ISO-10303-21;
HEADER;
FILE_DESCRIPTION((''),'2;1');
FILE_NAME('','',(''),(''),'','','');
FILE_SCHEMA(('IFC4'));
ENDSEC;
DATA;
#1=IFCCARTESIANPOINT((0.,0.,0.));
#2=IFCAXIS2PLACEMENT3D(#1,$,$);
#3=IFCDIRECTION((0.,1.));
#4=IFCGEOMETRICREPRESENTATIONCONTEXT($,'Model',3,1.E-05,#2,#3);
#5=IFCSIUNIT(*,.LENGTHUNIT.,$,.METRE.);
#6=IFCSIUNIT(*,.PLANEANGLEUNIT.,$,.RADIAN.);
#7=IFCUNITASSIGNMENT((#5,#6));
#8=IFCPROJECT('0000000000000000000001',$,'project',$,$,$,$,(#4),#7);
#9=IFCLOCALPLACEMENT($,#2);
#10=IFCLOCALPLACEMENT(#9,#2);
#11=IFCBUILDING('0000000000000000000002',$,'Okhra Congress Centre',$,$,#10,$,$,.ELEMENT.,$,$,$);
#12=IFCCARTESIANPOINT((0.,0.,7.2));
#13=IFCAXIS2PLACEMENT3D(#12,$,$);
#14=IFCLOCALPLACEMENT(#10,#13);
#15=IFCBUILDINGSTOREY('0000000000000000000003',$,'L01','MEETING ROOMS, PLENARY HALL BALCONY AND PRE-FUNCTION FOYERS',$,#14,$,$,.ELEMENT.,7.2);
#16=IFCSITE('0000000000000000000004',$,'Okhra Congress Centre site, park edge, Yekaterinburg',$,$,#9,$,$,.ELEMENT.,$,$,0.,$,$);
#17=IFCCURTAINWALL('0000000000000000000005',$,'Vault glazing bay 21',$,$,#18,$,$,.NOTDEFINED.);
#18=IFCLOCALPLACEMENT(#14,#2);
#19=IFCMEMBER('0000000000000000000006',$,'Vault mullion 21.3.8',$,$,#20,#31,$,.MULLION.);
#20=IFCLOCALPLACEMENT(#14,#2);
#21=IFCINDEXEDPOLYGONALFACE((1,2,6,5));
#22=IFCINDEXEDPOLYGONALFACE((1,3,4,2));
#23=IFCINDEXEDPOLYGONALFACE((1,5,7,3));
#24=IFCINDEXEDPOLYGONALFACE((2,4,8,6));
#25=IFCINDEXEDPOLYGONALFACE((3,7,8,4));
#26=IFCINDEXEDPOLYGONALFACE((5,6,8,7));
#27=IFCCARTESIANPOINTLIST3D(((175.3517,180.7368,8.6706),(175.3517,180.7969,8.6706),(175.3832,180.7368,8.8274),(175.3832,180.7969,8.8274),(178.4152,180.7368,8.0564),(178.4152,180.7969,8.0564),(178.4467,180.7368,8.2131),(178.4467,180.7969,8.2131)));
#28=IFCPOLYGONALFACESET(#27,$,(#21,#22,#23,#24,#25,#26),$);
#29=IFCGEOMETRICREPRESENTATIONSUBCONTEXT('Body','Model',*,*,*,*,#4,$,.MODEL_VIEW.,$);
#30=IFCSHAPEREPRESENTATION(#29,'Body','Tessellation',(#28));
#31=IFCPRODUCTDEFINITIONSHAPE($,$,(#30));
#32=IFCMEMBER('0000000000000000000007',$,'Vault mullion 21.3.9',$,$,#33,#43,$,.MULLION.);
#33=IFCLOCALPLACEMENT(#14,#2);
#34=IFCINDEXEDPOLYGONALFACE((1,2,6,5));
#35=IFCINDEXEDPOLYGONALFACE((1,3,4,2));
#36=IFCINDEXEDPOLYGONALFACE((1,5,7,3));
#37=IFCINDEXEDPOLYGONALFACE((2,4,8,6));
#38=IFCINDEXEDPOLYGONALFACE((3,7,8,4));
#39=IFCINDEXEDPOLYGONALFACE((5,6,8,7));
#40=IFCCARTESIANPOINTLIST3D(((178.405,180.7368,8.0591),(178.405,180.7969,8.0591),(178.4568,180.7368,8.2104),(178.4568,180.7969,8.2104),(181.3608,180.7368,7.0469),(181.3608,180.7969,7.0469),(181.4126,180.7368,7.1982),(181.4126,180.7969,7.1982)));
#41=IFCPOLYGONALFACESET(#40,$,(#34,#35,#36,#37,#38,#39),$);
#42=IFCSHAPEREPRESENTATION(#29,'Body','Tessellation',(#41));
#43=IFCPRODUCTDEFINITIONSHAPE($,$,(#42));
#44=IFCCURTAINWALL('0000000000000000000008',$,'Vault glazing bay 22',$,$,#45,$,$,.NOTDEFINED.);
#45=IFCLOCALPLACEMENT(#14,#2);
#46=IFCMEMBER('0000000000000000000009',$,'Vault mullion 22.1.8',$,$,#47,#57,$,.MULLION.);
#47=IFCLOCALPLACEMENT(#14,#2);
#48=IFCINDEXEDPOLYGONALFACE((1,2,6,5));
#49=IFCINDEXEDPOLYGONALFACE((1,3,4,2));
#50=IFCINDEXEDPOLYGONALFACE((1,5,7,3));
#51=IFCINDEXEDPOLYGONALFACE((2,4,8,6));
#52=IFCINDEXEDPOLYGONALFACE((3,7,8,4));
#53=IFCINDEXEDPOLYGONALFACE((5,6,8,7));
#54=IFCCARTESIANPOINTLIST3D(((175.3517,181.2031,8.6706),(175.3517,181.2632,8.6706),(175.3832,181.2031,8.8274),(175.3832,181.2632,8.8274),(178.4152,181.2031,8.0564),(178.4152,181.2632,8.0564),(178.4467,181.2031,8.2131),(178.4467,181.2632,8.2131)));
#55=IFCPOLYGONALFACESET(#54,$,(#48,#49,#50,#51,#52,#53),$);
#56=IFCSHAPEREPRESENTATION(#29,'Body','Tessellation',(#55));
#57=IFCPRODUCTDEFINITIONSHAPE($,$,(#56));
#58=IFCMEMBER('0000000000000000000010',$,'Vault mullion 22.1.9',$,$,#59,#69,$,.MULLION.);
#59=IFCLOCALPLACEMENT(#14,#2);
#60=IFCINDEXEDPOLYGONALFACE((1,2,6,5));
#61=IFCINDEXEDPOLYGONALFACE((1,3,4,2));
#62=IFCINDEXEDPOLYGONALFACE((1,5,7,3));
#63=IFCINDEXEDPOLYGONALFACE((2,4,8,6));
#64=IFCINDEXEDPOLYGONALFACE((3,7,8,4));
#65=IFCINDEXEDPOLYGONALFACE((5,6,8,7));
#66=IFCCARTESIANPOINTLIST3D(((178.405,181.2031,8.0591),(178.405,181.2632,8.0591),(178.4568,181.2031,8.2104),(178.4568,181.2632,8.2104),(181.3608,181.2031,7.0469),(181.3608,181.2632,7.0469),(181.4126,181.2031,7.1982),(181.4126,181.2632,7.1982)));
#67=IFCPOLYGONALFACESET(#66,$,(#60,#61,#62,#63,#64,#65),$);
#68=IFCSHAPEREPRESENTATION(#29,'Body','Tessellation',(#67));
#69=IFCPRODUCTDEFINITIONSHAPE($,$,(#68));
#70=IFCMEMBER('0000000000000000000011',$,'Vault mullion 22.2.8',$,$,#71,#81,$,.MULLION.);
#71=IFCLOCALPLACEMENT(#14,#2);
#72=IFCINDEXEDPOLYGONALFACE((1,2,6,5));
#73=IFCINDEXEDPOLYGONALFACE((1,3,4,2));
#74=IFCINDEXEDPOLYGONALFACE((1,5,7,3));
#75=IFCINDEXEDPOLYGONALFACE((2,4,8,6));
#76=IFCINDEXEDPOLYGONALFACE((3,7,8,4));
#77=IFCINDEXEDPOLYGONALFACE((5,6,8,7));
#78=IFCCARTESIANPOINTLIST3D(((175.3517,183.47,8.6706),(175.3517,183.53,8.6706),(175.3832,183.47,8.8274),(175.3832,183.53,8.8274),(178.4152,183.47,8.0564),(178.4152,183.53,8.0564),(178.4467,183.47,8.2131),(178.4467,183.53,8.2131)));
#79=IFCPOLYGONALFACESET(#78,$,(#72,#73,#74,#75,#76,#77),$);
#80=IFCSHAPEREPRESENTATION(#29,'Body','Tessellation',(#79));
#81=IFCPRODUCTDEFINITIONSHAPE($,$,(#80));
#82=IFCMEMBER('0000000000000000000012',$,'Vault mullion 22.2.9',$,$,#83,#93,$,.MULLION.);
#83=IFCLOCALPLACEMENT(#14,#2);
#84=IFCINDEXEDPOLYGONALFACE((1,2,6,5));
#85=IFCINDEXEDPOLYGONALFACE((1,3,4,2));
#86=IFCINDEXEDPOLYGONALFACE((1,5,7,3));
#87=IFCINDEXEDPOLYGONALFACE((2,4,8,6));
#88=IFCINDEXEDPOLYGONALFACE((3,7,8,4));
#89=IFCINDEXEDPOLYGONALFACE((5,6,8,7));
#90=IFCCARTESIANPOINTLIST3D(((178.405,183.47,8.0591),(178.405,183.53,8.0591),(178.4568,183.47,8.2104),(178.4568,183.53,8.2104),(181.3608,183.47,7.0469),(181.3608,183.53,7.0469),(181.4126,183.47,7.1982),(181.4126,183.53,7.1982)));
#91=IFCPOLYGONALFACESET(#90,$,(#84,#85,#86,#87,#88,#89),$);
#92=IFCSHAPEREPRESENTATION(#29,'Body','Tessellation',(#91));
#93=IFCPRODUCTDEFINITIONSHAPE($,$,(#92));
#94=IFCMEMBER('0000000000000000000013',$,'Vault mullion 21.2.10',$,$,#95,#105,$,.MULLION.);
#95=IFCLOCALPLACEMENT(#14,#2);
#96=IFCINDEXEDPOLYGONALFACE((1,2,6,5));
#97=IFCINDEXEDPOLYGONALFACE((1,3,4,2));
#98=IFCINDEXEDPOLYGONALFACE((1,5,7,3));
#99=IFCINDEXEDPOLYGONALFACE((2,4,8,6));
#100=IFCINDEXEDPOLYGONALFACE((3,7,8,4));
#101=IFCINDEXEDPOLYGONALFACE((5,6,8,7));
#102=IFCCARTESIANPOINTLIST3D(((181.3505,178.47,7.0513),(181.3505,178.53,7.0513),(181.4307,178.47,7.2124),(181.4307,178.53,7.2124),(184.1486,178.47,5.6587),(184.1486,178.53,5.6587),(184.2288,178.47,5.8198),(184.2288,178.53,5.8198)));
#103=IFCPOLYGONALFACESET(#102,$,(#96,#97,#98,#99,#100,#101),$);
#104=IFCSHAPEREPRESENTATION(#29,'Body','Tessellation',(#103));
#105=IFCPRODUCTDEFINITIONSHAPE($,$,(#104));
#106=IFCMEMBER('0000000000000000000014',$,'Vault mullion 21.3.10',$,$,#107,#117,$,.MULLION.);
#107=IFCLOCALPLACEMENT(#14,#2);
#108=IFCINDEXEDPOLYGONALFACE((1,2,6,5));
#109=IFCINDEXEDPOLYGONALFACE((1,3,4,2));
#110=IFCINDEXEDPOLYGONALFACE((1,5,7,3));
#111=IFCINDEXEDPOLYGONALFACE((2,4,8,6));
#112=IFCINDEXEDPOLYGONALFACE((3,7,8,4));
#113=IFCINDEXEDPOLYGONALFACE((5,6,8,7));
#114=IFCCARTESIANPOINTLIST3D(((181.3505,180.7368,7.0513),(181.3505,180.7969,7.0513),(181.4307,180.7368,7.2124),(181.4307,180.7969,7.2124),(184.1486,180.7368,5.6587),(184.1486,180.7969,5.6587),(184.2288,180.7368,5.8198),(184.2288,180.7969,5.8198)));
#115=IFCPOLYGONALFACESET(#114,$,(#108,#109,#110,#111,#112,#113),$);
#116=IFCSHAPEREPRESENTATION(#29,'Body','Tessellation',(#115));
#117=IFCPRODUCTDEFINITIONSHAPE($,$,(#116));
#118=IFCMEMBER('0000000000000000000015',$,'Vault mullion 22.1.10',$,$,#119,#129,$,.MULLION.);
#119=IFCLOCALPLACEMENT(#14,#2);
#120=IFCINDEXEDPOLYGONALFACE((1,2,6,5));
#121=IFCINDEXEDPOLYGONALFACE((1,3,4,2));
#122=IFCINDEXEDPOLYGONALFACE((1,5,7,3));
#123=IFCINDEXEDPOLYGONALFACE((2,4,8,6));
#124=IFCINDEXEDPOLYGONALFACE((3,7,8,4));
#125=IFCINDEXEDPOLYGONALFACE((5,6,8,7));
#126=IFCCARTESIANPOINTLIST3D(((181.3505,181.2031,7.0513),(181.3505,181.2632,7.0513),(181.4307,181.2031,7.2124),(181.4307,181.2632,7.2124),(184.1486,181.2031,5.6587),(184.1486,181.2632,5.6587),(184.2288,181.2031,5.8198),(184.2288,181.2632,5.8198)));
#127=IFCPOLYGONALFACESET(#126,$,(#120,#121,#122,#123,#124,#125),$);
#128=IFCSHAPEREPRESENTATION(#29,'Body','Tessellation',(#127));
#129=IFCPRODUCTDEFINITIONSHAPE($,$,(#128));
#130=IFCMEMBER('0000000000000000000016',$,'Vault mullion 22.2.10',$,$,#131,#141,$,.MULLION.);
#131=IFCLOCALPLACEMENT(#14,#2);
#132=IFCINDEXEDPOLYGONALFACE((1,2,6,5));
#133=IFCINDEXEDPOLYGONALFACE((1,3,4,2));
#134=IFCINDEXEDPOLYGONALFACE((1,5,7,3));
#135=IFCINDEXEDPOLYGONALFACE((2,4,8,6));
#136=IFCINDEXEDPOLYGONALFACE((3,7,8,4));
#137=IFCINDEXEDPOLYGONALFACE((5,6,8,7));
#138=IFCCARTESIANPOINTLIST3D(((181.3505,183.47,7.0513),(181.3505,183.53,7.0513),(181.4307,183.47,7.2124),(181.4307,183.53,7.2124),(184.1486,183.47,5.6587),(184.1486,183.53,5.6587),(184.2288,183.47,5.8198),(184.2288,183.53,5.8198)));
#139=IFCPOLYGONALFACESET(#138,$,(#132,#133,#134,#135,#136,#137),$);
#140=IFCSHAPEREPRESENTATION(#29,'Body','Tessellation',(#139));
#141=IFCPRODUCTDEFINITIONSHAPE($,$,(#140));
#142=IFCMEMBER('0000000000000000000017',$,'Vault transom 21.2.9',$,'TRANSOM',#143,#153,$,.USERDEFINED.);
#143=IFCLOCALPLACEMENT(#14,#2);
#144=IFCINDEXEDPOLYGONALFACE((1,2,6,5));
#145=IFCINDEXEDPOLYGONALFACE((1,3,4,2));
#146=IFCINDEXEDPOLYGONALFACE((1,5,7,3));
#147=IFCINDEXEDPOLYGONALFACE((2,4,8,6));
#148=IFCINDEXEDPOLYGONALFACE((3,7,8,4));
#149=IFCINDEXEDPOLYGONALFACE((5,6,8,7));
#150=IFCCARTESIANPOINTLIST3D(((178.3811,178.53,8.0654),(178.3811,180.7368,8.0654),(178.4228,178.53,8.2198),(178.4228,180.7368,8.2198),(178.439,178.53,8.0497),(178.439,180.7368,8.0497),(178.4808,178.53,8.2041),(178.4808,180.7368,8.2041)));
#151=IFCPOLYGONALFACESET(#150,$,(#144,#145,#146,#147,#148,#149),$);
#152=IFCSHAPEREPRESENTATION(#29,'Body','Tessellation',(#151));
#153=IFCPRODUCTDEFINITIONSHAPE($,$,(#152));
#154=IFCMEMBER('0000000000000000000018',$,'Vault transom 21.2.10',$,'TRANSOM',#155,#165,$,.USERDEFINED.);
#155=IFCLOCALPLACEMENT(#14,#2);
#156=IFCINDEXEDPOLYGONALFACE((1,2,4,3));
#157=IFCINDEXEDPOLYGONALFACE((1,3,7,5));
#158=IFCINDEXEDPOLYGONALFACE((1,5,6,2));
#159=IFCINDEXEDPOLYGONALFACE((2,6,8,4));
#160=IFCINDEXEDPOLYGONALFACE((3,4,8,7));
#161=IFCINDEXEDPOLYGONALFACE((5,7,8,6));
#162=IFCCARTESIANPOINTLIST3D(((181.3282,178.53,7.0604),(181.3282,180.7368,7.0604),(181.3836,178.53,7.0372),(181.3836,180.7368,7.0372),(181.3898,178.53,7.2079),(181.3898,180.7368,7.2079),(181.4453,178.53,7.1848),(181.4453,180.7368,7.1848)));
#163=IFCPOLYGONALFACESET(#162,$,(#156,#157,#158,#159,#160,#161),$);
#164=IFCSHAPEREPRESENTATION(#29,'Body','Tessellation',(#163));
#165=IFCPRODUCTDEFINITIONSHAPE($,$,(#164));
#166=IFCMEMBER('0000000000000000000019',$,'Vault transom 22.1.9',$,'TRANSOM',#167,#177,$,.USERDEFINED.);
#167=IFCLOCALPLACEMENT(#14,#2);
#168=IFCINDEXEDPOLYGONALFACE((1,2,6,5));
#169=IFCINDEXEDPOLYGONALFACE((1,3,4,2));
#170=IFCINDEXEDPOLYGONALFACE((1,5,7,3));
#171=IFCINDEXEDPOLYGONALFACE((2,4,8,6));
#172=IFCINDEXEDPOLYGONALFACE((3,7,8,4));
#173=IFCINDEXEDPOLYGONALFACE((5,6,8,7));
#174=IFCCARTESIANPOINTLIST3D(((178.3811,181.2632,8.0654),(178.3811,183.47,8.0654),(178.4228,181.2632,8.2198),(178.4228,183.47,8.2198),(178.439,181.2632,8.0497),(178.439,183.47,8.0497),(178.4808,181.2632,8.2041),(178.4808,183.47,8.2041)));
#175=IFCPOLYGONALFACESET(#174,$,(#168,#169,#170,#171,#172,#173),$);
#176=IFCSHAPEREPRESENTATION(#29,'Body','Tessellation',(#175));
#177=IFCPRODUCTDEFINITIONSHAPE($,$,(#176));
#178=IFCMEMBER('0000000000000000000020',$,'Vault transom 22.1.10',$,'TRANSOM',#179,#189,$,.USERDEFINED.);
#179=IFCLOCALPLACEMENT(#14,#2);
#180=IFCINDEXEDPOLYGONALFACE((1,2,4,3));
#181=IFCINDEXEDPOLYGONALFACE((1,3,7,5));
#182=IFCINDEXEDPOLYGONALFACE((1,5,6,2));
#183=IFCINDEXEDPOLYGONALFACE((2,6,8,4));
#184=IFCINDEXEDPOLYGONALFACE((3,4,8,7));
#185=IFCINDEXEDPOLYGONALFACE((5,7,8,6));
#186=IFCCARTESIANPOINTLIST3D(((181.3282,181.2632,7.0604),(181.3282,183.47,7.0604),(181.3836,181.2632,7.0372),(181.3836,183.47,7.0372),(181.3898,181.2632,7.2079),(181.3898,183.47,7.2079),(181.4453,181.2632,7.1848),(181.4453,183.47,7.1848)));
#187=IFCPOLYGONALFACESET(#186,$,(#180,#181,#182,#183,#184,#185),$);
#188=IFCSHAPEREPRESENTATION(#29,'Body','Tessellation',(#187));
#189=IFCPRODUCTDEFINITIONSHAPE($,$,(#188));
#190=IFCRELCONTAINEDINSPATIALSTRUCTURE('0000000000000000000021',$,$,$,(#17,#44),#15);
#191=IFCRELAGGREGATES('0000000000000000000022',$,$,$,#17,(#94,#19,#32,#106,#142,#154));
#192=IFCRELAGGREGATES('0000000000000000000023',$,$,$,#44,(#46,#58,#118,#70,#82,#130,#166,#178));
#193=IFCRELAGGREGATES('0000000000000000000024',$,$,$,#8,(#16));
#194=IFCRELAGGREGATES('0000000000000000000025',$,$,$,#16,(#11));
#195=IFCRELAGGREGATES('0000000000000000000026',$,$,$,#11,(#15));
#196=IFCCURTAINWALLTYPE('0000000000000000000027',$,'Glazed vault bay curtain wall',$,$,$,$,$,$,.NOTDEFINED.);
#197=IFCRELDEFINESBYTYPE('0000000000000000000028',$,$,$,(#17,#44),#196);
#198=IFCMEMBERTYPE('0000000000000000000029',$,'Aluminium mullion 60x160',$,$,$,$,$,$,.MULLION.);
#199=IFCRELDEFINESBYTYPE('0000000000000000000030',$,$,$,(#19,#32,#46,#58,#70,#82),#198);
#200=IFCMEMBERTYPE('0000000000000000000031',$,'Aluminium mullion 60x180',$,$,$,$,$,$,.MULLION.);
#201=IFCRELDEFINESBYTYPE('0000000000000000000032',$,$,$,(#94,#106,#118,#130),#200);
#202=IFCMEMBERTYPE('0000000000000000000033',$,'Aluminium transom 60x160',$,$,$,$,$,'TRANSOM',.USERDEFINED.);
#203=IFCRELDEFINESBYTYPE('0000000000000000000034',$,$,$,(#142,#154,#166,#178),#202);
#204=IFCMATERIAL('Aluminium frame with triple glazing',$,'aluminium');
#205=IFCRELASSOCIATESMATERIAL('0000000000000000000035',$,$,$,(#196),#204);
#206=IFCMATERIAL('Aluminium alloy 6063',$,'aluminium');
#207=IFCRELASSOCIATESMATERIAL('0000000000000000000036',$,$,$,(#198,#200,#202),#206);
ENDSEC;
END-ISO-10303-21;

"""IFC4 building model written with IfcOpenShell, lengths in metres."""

from ifc_helpers import new_model, si_unit, direction, frame, origin, origin_2d, place, context, subcontext, project, spatial, rectangle, extrude, material, material_profile, profile_set, type_object, element, aggregate, save


model = new_model("IFC4")

# Units and contexts
model_context = context("Model", 3, precision=1e-05, world=origin(), true_north=direction((0.0, 1.0)))
body_context = subcontext(model_context, "Body", "Model", "MODEL_VIEW")
ifc_project = project(units=[si_unit("LENGTHUNIT", "METRE"), si_unit("PLANEANGLEUNIT", "RADIAN")], contexts=[model_context])

# Site, building, storey
site_placement = place(None, origin())
site = spatial("IfcSite", under=ifc_project, at=site_placement, Name="Okhra Congress Centre site, park edge, Yekaterinburg", CompositionType="ELEMENT", RefElevation=0.0)
building_placement = place(site_placement, origin())
building = spatial("IfcBuilding", under=site, at=building_placement, Name="Okhra Congress Centre", CompositionType="ELEMENT")
storey_placement = place(building_placement, frame((0.0, 0.0, 7.2)))
storey = spatial("IfcBuildingStorey", under=building, at=storey_placement, Name="L01", Description="MEETING ROOMS, PLENARY HALL BALCONY AND PRE-FUNCTION FOYERS", CompositionType="ELEMENT", Elevation=7.2)

# Curtain walls, members
ifc_material_1 = material(Name="Aluminium frame with triple glazing", Category="aluminium")
curtain_wall_type = type_object("IfcCurtainWallType", Name="Glazed vault bay curtain wall", PredefinedType="NOTDEFINED", material=ifc_material_1)
curtain_wall_1_placement = place(storey_placement, origin())
curtain_wall_1 = element("IfcCurtainWall", 1, at=curtain_wall_1_placement, inside=storey, type_object=curtain_wall_type, Name="Vault glazing bay 21", PredefinedType="NOTDEFINED")
ifc_material_2 = material(Name="Aluminium alloy 6063", Category="aluminium")
ifc_material_profile_1 = material_profile(ifc_material_2, rectangle(XDim=0.0601, YDim=0.1599, at=origin_2d()), Name="AL 60x160")
ifc_profile_set_1 = profile_set([ifc_material_profile_1], Name="Aluminium alloy 6063")
member_type_1 = type_object("IfcMemberType", Name="Aluminium mullion 60x160", PredefinedType="MULLION", material=ifc_profile_set_1)
member_1_placement = place(storey_placement, frame((175.3674, 180.7668, 8.749), z_axis=(0.980484, 0.0, -0.196597), x_axis=(0.0, 1.0, 0.0)))
member_1 = element("IfcMember", 2, at=member_1_placement, type_object=member_type_1, Name="Vault mullion 21.3.8", PredefinedType="MULLION", context=body_context, shape_type="SweptSolid", body=[
    extrude(rectangle(XDim=0.0601, YDim=0.1599, at=origin_2d()), origin(), (0.0, 0.0, 1.0), 3.1245),
])
member_2_placement = place(storey_placement, frame((178.4309, 180.7668, 8.1348), z_axis=(0.946065, 0.0, -0.323977), x_axis=(0.0, 1.0, 0.0)))
member_2 = element("IfcMember", 3, at=member_2_placement, type_object=member_type_1, Name="Vault mullion 21.3.9", PredefinedType="MULLION", context=body_context, shape_type="SweptSolid", body=[
    extrude(rectangle(XDim=0.0601, YDim=0.1599, at=origin_2d()), origin(), (0.0, 0.0, 1.0), 3.1243),
])
curtain_wall_2_placement = place(storey_placement, origin())
curtain_wall_2 = element("IfcCurtainWall", 4, at=curtain_wall_2_placement, inside=storey, type_object=curtain_wall_type, Name="Vault glazing bay 22", PredefinedType="NOTDEFINED")
member_3_placement = place(storey_placement, frame((175.3674, 181.2332, 8.749), z_axis=(0.980484, 0.0, -0.196597), x_axis=(0.0, 1.0, 0.0)))
member_3 = element("IfcMember", 5, at=member_3_placement, type_object=member_type_1, Name="Vault mullion 22.1.8", PredefinedType="MULLION", context=body_context, shape_type="SweptSolid", body=[
    extrude(rectangle(XDim=0.0601, YDim=0.1599, at=origin_2d()), origin(), (0.0, 0.0, 1.0), 3.1245),
])
member_4_placement = place(storey_placement, frame((178.4309, 181.2332, 8.1348), z_axis=(0.946065, 0.0, -0.323977), x_axis=(0.0, 1.0, 0.0)))
member_4 = element("IfcMember", 6, at=member_4_placement, type_object=member_type_1, Name="Vault mullion 22.1.9", PredefinedType="MULLION", context=body_context, shape_type="SweptSolid", body=[
    extrude(rectangle(XDim=0.0601, YDim=0.1599, at=origin_2d()), origin(), (0.0, 0.0, 1.0), 3.1243),
])
member_5_placement = place(storey_placement, frame((175.3674, 183.5, 8.749), z_axis=(0.980484, 0.0, -0.196597), x_axis=(0.0, 1.0, 0.0)))
member_5 = element("IfcMember", 7, at=member_5_placement, type_object=member_type_1, Name="Vault mullion 22.2.8", PredefinedType="MULLION", context=body_context, shape_type="SweptSolid", body=[
    extrude(rectangle(XDim=0.0601, YDim=0.1599, at=origin_2d()), origin(), (0.0, 0.0, 1.0), 3.1245),
])
member_6_placement = place(storey_placement, frame((178.4309, 183.5, 8.1348), z_axis=(0.946065, 0.0, -0.323977), x_axis=(0.0, 1.0, 0.0)))
member_6 = element("IfcMember", 8, at=member_6_placement, type_object=member_type_1, Name="Vault mullion 22.2.9", PredefinedType="MULLION", context=body_context, shape_type="SweptSolid", body=[
    extrude(rectangle(XDim=0.0601, YDim=0.1599, at=origin_2d()), origin(), (0.0, 0.0, 1.0), 3.1243),
])

# Members
ifc_material_profile_2 = material_profile(ifc_material_2, rectangle(XDim=0.0601, YDim=0.1799, at=origin_2d()), Name="AL 60x180")
ifc_profile_set_2 = profile_set([ifc_material_profile_2], Name="Aluminium alloy 6063")
member_type_2 = type_object("IfcMemberType", Name="Aluminium mullion 60x180", PredefinedType="MULLION", material=ifc_profile_set_2)
member_7_placement = place(storey_placement, frame((181.3906, 178.5, 7.1318), z_axis=(0.895254, 0.0, -0.445557), x_axis=(0.0, 1.0, 0.0)))
member_7 = element("IfcMember", 9, at=member_7_placement, type_object=member_type_2, Name="Vault mullion 21.2.10", PredefinedType="MULLION", context=body_context, shape_type="SweptSolid", body=[
    extrude(rectangle(XDim=0.0601, YDim=0.1799, at=origin_2d()), origin(), (0.0, 0.0, 1.0), 3.1255),
])
member_8_placement = place(storey_placement, frame((181.3906, 180.7668, 7.1318), z_axis=(0.895254, 0.0, -0.445557), x_axis=(0.0, 1.0, 0.0)))
member_8 = element("IfcMember", 10, at=member_8_placement, type_object=member_type_2, Name="Vault mullion 21.3.10", PredefinedType="MULLION", context=body_context, shape_type="SweptSolid", body=[
    extrude(rectangle(XDim=0.0601, YDim=0.1799, at=origin_2d()), origin(), (0.0, 0.0, 1.0), 3.1255),
])
member_9_placement = place(storey_placement, frame((181.3906, 181.2332, 7.1318), z_axis=(0.895254, 0.0, -0.445557), x_axis=(0.0, 1.0, 0.0)))
member_9 = element("IfcMember", 11, at=member_9_placement, type_object=member_type_2, Name="Vault mullion 22.1.10", PredefinedType="MULLION", context=body_context, shape_type="SweptSolid", body=[
    extrude(rectangle(XDim=0.0601, YDim=0.1799, at=origin_2d()), origin(), (0.0, 0.0, 1.0), 3.1255),
])
member_10_placement = place(storey_placement, frame((181.3906, 183.5, 7.1318), z_axis=(0.895254, 0.0, -0.445557), x_axis=(0.0, 1.0, 0.0)))
member_10 = element("IfcMember", 12, at=member_10_placement, type_object=member_type_2, Name="Vault mullion 22.2.10", PredefinedType="MULLION", context=body_context, shape_type="SweptSolid", body=[
    extrude(rectangle(XDim=0.0601, YDim=0.1799, at=origin_2d()), origin(), (0.0, 0.0, 1.0), 3.1255),
])
ifc_material_profile_3 = material_profile(ifc_material_2, rectangle(XDim=0.0601, YDim=0.1599, at=origin_2d()), Name="AL 60x160 transom")
ifc_profile_set_3 = profile_set([ifc_material_profile_3], Name="Aluminium alloy 6063")
member_type_3 = type_object("IfcMemberType", Name="Aluminium transom 60x160", ElementType="TRANSOM", PredefinedType="USERDEFINED", material=ifc_profile_set_3)
member_11_placement = place(storey_placement, frame((178.4309, 178.53, 8.1348), z_axis=(0.0, 1.0, 0.0), x_axis=(-0.96538, 0.0, 0.260848)))
member_11 = element("IfcMember", 13, at=member_11_placement, type_object=member_type_3, Name="Vault transom 21.2.9", ObjectType="TRANSOM", PredefinedType="USERDEFINED", context=body_context, shape_type="SweptSolid", body=[
    extrude(rectangle(XDim=0.0601, YDim=0.1599, at=origin_2d()), origin(), (0.0, 0.0, 1.0), 2.2068),
])
member_12_placement = place(storey_placement, frame((181.3867, 178.53, 7.1226), z_axis=(0.0, 1.0, 0.0), x_axis=(-0.922669, 0.0, 0.385593)))
member_12 = element("IfcMember", 14, at=member_12_placement, type_object=member_type_3, Name="Vault transom 21.2.10", ObjectType="TRANSOM", PredefinedType="USERDEFINED", context=body_context, shape_type="SweptSolid", body=[
    extrude(rectangle(XDim=0.0601, YDim=0.1599, at=origin_2d()), origin(), (0.0, 0.0, 1.0), 2.2068),
])
member_13_placement = place(storey_placement, frame((178.4309, 181.2632, 8.1348), z_axis=(0.0, 1.0, 0.0), x_axis=(-0.96538, 0.0, 0.260848)))
member_13 = element("IfcMember", 15, at=member_13_placement, type_object=member_type_3, Name="Vault transom 22.1.9", ObjectType="TRANSOM", PredefinedType="USERDEFINED", context=body_context, shape_type="SweptSolid", body=[
    extrude(rectangle(XDim=0.0601, YDim=0.1599, at=origin_2d()), origin(), (0.0, 0.0, 1.0), 2.2068),
])
member_14_placement = place(storey_placement, frame((181.3867, 181.2632, 7.1226), z_axis=(0.0, 1.0, 0.0), x_axis=(-0.922669, 0.0, 0.385593)))
member_14 = element("IfcMember", 16, at=member_14_placement, type_object=member_type_3, Name="Vault transom 22.1.10", ObjectType="TRANSOM", PredefinedType="USERDEFINED", context=body_context, shape_type="SweptSolid", body=[
    extrude(rectangle(XDim=0.0601, YDim=0.1599, at=origin_2d()), origin(), (0.0, 0.0, 1.0), 2.2068),
])

aggregate(curtain_wall_1, [member_7, member_1, member_2, member_8, member_11, member_12])
aggregate(curtain_wall_2, [member_3, member_4, member_9, member_5, member_6, member_10, member_13, member_14])

save(model, "model.ifc")
